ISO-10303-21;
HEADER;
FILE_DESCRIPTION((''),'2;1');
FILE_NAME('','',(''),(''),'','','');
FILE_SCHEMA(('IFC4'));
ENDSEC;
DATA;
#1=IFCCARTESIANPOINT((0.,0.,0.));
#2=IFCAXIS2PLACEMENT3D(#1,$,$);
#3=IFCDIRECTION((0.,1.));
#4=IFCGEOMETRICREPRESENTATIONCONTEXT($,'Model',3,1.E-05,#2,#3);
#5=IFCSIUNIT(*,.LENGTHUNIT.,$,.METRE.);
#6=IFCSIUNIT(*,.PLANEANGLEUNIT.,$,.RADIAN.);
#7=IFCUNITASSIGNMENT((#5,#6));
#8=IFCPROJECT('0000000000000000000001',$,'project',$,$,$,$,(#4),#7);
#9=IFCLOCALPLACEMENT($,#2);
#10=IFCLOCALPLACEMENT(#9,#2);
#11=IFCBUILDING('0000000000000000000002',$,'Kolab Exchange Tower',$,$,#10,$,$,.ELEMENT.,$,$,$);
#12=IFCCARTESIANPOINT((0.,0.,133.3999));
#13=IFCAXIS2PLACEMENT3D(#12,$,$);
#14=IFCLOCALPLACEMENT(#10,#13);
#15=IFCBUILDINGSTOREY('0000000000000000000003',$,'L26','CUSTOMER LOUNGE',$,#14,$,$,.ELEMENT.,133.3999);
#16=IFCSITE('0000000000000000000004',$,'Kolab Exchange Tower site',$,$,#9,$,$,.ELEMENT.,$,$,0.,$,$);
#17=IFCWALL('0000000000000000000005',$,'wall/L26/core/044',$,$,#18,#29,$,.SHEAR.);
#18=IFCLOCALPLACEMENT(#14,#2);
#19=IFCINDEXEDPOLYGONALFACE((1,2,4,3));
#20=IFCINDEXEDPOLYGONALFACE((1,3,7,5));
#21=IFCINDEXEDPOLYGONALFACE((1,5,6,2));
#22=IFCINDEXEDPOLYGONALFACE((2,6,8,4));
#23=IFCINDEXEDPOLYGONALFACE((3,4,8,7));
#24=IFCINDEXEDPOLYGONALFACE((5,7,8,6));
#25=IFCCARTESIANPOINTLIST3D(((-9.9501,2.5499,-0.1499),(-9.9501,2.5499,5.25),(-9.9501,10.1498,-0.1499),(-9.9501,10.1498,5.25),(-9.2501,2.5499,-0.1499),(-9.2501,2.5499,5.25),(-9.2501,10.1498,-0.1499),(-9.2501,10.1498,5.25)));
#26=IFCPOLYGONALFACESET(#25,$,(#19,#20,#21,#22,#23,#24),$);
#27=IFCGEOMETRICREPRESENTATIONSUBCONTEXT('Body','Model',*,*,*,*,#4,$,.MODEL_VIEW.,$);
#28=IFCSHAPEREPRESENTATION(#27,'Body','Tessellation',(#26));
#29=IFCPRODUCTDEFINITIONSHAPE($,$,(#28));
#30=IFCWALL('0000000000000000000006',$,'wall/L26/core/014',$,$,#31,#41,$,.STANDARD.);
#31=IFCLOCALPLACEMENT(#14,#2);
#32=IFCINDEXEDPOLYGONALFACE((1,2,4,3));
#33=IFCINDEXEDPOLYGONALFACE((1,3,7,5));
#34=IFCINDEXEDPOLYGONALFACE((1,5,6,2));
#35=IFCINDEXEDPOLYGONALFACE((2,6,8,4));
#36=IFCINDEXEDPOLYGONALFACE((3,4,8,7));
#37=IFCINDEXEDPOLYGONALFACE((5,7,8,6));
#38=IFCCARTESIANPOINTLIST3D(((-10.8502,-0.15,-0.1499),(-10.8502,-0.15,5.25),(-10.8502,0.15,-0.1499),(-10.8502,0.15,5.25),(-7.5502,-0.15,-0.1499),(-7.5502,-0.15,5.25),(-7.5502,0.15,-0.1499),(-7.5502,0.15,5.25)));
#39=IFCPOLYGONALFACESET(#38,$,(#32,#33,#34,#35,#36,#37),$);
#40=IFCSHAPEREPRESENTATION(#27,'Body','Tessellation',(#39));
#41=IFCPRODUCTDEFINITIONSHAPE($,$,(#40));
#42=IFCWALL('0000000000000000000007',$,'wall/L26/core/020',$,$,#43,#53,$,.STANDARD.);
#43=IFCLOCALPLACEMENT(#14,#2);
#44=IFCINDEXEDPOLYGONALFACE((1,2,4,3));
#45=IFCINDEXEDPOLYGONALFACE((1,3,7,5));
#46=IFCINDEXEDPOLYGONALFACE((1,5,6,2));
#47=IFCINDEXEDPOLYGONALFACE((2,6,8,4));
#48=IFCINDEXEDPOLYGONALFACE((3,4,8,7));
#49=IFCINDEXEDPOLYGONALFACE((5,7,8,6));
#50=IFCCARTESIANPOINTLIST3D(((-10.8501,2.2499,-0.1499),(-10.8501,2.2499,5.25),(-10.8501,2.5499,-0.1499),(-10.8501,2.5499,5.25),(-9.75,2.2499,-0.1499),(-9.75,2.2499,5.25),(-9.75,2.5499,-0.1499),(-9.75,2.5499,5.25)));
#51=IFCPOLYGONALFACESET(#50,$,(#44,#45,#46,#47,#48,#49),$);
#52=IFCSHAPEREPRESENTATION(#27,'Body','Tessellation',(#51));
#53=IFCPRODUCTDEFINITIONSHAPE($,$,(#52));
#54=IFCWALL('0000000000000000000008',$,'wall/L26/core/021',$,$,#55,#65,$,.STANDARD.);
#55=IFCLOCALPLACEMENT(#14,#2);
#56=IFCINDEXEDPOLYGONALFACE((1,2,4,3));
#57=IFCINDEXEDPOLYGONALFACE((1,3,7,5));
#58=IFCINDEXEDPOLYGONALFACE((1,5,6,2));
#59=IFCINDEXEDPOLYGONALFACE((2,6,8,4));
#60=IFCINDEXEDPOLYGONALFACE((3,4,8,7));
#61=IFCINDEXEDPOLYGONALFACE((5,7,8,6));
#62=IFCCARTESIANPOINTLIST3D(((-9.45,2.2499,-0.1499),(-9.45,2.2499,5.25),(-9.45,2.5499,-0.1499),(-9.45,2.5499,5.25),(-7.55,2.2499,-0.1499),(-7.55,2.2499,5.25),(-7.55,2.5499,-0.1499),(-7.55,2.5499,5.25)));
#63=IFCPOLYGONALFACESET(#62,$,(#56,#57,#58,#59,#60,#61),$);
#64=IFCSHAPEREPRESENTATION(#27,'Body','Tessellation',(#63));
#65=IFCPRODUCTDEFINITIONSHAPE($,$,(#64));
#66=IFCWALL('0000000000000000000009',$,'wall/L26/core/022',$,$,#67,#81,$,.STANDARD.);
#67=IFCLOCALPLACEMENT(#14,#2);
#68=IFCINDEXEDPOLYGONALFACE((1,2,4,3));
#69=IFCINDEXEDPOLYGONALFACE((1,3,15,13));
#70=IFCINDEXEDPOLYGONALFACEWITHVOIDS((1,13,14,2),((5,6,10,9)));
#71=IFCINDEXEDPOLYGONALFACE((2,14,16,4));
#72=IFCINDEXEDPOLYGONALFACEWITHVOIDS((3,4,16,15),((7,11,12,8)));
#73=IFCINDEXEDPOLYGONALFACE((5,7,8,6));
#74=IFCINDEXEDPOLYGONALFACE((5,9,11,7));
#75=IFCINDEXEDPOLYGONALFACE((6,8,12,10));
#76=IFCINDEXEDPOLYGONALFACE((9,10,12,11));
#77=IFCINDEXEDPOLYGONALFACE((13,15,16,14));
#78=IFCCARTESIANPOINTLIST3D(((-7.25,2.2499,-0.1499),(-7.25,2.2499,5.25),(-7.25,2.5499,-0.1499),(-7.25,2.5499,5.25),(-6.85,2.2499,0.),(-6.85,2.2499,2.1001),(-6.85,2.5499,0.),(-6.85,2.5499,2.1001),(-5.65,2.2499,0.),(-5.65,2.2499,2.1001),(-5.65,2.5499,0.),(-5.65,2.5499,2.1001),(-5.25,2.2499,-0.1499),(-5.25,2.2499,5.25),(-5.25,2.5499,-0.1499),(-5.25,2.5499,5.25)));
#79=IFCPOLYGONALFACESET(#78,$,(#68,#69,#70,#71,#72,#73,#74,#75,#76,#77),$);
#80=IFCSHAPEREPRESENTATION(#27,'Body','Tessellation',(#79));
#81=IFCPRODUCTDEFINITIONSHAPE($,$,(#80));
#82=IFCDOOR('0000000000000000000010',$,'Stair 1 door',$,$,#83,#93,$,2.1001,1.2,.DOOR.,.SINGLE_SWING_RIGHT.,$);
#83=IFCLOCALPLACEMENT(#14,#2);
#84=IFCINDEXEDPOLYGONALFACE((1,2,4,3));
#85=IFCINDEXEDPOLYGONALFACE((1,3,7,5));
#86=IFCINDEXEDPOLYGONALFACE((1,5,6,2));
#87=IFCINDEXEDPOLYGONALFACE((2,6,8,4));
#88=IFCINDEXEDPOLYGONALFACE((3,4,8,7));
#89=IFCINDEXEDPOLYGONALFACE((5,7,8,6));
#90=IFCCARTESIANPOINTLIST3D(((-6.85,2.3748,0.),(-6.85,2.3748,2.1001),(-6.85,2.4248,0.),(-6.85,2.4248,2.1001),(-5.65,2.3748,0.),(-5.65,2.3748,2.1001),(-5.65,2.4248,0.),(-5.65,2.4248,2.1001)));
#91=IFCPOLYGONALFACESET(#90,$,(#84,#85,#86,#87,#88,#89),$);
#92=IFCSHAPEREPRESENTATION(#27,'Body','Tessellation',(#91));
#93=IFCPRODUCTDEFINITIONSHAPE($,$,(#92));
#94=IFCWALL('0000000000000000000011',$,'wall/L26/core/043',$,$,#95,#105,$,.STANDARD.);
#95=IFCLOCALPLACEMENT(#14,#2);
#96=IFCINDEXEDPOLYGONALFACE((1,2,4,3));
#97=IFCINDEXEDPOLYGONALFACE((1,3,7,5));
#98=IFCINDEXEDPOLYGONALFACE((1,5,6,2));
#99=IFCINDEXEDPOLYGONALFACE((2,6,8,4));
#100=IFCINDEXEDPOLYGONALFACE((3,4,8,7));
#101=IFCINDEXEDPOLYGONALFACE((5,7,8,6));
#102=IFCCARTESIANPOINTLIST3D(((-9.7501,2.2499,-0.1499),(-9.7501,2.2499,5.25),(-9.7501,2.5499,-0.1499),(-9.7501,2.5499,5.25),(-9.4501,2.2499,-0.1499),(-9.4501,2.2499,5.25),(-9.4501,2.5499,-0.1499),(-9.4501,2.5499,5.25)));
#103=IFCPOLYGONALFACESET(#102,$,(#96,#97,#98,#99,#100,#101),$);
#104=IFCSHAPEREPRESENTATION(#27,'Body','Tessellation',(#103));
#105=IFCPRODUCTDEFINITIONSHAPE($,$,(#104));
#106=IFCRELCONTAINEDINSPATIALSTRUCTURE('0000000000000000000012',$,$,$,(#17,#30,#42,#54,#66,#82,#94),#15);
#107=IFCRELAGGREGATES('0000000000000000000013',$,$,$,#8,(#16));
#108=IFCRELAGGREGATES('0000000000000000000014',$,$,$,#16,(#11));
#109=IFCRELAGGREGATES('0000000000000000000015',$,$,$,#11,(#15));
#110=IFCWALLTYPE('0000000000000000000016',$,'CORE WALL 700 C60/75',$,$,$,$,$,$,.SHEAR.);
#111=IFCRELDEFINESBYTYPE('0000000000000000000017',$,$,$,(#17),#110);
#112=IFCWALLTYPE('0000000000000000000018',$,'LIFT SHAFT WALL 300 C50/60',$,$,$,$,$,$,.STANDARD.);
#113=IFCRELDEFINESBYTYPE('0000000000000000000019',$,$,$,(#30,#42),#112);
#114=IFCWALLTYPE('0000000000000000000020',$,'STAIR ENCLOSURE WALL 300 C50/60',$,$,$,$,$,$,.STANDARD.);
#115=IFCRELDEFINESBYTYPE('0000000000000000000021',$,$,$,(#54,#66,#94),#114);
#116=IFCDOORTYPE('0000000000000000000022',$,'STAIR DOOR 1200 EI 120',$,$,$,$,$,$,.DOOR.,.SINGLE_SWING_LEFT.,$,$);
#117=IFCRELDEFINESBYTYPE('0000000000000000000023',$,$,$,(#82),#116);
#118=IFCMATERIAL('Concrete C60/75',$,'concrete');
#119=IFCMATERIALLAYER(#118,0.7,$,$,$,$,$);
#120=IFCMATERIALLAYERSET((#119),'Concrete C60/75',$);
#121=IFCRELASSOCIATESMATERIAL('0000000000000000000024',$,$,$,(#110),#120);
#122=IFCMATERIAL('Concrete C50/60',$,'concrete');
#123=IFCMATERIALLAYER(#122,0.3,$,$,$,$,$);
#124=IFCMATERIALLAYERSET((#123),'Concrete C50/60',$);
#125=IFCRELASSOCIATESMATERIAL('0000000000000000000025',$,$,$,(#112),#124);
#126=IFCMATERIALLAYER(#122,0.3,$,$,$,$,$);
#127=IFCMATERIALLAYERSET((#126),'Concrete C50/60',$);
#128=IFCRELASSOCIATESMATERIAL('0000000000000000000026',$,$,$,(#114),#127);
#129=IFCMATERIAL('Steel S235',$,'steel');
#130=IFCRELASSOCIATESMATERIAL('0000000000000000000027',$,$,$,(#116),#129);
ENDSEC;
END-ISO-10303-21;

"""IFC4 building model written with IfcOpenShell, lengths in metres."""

from ifc_helpers import new_model, si_unit, direction, frame, frame_2d, origin, place, context, subcontext, project, spatial, rectangle, extrude, material, layer, layer_set, type_object, element, fill, save


model = new_model("IFC4")

# Units and contexts
model_context = context("Model", 3, precision=1e-05, world=origin(), true_north=direction((0.0, 1.0)))
body_context = subcontext(model_context, "Body", "Model", "MODEL_VIEW")
ifc_project = project(units=[si_unit("LENGTHUNIT", "METRE"), si_unit("PLANEANGLEUNIT", "RADIAN")], contexts=[model_context])

# Site, building, storey
site_placement = place(None, origin())
site = spatial("IfcSite", under=ifc_project, at=site_placement, Name="Kolab Exchange Tower site", CompositionType="ELEMENT", RefElevation=0.0)
building_placement = place(site_placement, origin())
building = spatial("IfcBuilding", under=site, at=building_placement, Name="Kolab Exchange Tower", CompositionType="ELEMENT")
storey_placement = place(building_placement, frame((0.0, 0.0, 133.3999)))
storey = spatial("IfcBuildingStorey", under=building, at=storey_placement, Name="L26", Description="CUSTOMER LOUNGE", CompositionType="ELEMENT", Elevation=133.3999)

# Walls
ifc_material_1 = material(Name="Concrete C60/75", Category="concrete")
ifc_layer_1 = layer(ifc_material_1, 0.7)
ifc_layer_set_1 = layer_set([ifc_layer_1], Name="Concrete C60/75")
wall_type_1 = type_object("IfcWallType", Name="CORE WALL 700 C60/75", PredefinedType="SHEAR", material=ifc_layer_set_1)
wall_1_placement = place(storey_placement, frame((-9.6001, 2.55, -0.1499), z_axis=(0.0, 0.0, 1.0), x_axis=(0.0, 1.0, 0.0)))
element("IfcWall", 1, at=wall_1_placement, inside=storey, type_object=wall_type_1, Name="wall/L26/core/044", PredefinedType="SHEAR", context=body_context, shape_type="SweptSolid", body=[
    extrude(rectangle(XDim=7.5999, YDim=0.7, at=frame_2d((3.7998, 0.0))), origin(), (0.0, 0.0, 1.0), 5.3999),
])
ifc_material_2 = material(Name="Concrete C50/60", Category="concrete")
ifc_layer_2 = layer(ifc_material_2, 0.3)
ifc_layer_set_2 = layer_set([ifc_layer_2], Name="Concrete C50/60")
wall_type_2 = type_object("IfcWallType", Name="LIFT SHAFT WALL 300 C50/60", PredefinedType="STANDARD", material=ifc_layer_set_2)
wall_2_placement = place(storey_placement, frame((-10.8501, 0.0, -0.1499), z_axis=(0.0, 0.0, 1.0), x_axis=(1.0, 0.0, 0.0)))
element("IfcWall", 2, at=wall_2_placement, inside=storey, type_object=wall_type_2, Name="wall/L26/core/014", PredefinedType="STANDARD", context=body_context, shape_type="SweptSolid", body=[
    extrude(rectangle(XDim=3.3, YDim=0.3, at=frame_2d((1.6499, 0.0))), origin(), (0.0, 0.0, 1.0), 5.3999),
])
wall_3_placement = place(storey_placement, frame((-10.8501, 2.3999, -0.1499), z_axis=(0.0, 0.0, 1.0), x_axis=(1.0, 0.0, 0.0)))
element("IfcWall", 3, at=wall_3_placement, inside=storey, type_object=wall_type_2, Name="wall/L26/core/020", PredefinedType="STANDARD", context=body_context, shape_type="SweptSolid", body=[
    extrude(rectangle(XDim=1.1001, YDim=0.3, at=frame_2d((0.55, 0.0))), origin(), (0.0, 0.0, 1.0), 5.3999),
])
ifc_layer_3 = layer(ifc_material_2, 0.3)
ifc_layer_set_3 = layer_set([ifc_layer_3], Name="Concrete C50/60")
wall_type_3 = type_object("IfcWallType", Name="STAIR ENCLOSURE WALL 300 C50/60", PredefinedType="STANDARD", material=ifc_layer_set_3)
wall_4_placement = place(storey_placement, frame((-9.45, 2.3999, -0.1499), z_axis=(0.0, 0.0, 1.0), x_axis=(1.0, 0.0, 0.0)))
element("IfcWall", 4, at=wall_4_placement, inside=storey, type_object=wall_type_3, Name="wall/L26/core/021", PredefinedType="STANDARD", context=body_context, shape_type="SweptSolid", body=[
    extrude(rectangle(XDim=1.8999, YDim=0.3, at=frame_2d((0.95, 0.0))), origin(), (0.0, 0.0, 1.0), 5.3999),
])

# Wall, opening, door
wall_5_placement = place(storey_placement, frame((-7.25, 2.3999, -0.1499), z_axis=(0.0, 0.0, 1.0), x_axis=(1.0, 0.0, 0.0)))
wall_5 = element("IfcWall", 5, at=wall_5_placement, inside=storey, type_object=wall_type_3, Name="wall/L26/core/022", PredefinedType="STANDARD", context=body_context, shape_type="SweptSolid", body=[
    extrude(rectangle(XDim=2.0, YDim=0.3, at=frame_2d((1.0, 0.0))), origin(), (0.0, 0.0, 1.0), 5.3999),
])
opening_placement = place(wall_5_placement, frame((0.3999, 0.0, 0.1499)))
opening = element("IfcOpeningElement", 6, at=opening_placement, cuts=wall_5, PredefinedType="OPENING", context=body_context, shape_type="SweptSolid", body=[
    extrude(rectangle(XDim=1.2, YDim=2.1001, at=frame_2d((0.6001, 1.05))), frame((0.0, 0.1602, 0.0), z_axis=(0.0, -1.0, 0.0), x_axis=(1.0, 0.0, 0.0)), (0.0, 0.0, 1.0), 0.3201),
])
ifc_material_3 = material(Name="Steel S235", Category="steel")
door_type = type_object("IfcDoorType", Name="STAIR DOOR 1200 EI 120", OperationType="SINGLE_SWING_LEFT", PredefinedType="DOOR", material=ifc_material_3)
door_placement = place(opening_placement, origin())
door = element("IfcDoor", 7, at=door_placement, inside=storey, type_object=door_type, Name="Stair 1 door", OperationType="SINGLE_SWING_RIGHT", OverallHeight=2.1001, OverallWidth=1.2, PredefinedType="DOOR", context=body_context, shape_type="SweptSolid", body=[
    extrude(rectangle(XDim=1.2, YDim=2.1001, at=frame_2d((0.6001, 1.05))), frame((0.0, 0.0249, 0.0), z_axis=(0.0, -1.0, 0.0), x_axis=(1.0, 0.0, 0.0)), (0.0, 0.0, 1.0), 0.05),
])
fill(opening, door)

# Wall
wall_6_placement = place(storey_placement, frame((-9.6001, 2.25, -0.1499), z_axis=(0.0, 0.0, 1.0), x_axis=(0.0, 1.0, 0.0)))
element("IfcWall", 8, at=wall_6_placement, inside=storey, type_object=wall_type_3, Name="wall/L26/core/043", PredefinedType="STANDARD", context=body_context, shape_type="SweptSolid", body=[
    extrude(rectangle(XDim=0.3, YDim=0.3, at=frame_2d((0.1499, 0.0))), origin(), (0.0, 0.0, 1.0), 5.3999),
])

save(model, "model.ifc")
